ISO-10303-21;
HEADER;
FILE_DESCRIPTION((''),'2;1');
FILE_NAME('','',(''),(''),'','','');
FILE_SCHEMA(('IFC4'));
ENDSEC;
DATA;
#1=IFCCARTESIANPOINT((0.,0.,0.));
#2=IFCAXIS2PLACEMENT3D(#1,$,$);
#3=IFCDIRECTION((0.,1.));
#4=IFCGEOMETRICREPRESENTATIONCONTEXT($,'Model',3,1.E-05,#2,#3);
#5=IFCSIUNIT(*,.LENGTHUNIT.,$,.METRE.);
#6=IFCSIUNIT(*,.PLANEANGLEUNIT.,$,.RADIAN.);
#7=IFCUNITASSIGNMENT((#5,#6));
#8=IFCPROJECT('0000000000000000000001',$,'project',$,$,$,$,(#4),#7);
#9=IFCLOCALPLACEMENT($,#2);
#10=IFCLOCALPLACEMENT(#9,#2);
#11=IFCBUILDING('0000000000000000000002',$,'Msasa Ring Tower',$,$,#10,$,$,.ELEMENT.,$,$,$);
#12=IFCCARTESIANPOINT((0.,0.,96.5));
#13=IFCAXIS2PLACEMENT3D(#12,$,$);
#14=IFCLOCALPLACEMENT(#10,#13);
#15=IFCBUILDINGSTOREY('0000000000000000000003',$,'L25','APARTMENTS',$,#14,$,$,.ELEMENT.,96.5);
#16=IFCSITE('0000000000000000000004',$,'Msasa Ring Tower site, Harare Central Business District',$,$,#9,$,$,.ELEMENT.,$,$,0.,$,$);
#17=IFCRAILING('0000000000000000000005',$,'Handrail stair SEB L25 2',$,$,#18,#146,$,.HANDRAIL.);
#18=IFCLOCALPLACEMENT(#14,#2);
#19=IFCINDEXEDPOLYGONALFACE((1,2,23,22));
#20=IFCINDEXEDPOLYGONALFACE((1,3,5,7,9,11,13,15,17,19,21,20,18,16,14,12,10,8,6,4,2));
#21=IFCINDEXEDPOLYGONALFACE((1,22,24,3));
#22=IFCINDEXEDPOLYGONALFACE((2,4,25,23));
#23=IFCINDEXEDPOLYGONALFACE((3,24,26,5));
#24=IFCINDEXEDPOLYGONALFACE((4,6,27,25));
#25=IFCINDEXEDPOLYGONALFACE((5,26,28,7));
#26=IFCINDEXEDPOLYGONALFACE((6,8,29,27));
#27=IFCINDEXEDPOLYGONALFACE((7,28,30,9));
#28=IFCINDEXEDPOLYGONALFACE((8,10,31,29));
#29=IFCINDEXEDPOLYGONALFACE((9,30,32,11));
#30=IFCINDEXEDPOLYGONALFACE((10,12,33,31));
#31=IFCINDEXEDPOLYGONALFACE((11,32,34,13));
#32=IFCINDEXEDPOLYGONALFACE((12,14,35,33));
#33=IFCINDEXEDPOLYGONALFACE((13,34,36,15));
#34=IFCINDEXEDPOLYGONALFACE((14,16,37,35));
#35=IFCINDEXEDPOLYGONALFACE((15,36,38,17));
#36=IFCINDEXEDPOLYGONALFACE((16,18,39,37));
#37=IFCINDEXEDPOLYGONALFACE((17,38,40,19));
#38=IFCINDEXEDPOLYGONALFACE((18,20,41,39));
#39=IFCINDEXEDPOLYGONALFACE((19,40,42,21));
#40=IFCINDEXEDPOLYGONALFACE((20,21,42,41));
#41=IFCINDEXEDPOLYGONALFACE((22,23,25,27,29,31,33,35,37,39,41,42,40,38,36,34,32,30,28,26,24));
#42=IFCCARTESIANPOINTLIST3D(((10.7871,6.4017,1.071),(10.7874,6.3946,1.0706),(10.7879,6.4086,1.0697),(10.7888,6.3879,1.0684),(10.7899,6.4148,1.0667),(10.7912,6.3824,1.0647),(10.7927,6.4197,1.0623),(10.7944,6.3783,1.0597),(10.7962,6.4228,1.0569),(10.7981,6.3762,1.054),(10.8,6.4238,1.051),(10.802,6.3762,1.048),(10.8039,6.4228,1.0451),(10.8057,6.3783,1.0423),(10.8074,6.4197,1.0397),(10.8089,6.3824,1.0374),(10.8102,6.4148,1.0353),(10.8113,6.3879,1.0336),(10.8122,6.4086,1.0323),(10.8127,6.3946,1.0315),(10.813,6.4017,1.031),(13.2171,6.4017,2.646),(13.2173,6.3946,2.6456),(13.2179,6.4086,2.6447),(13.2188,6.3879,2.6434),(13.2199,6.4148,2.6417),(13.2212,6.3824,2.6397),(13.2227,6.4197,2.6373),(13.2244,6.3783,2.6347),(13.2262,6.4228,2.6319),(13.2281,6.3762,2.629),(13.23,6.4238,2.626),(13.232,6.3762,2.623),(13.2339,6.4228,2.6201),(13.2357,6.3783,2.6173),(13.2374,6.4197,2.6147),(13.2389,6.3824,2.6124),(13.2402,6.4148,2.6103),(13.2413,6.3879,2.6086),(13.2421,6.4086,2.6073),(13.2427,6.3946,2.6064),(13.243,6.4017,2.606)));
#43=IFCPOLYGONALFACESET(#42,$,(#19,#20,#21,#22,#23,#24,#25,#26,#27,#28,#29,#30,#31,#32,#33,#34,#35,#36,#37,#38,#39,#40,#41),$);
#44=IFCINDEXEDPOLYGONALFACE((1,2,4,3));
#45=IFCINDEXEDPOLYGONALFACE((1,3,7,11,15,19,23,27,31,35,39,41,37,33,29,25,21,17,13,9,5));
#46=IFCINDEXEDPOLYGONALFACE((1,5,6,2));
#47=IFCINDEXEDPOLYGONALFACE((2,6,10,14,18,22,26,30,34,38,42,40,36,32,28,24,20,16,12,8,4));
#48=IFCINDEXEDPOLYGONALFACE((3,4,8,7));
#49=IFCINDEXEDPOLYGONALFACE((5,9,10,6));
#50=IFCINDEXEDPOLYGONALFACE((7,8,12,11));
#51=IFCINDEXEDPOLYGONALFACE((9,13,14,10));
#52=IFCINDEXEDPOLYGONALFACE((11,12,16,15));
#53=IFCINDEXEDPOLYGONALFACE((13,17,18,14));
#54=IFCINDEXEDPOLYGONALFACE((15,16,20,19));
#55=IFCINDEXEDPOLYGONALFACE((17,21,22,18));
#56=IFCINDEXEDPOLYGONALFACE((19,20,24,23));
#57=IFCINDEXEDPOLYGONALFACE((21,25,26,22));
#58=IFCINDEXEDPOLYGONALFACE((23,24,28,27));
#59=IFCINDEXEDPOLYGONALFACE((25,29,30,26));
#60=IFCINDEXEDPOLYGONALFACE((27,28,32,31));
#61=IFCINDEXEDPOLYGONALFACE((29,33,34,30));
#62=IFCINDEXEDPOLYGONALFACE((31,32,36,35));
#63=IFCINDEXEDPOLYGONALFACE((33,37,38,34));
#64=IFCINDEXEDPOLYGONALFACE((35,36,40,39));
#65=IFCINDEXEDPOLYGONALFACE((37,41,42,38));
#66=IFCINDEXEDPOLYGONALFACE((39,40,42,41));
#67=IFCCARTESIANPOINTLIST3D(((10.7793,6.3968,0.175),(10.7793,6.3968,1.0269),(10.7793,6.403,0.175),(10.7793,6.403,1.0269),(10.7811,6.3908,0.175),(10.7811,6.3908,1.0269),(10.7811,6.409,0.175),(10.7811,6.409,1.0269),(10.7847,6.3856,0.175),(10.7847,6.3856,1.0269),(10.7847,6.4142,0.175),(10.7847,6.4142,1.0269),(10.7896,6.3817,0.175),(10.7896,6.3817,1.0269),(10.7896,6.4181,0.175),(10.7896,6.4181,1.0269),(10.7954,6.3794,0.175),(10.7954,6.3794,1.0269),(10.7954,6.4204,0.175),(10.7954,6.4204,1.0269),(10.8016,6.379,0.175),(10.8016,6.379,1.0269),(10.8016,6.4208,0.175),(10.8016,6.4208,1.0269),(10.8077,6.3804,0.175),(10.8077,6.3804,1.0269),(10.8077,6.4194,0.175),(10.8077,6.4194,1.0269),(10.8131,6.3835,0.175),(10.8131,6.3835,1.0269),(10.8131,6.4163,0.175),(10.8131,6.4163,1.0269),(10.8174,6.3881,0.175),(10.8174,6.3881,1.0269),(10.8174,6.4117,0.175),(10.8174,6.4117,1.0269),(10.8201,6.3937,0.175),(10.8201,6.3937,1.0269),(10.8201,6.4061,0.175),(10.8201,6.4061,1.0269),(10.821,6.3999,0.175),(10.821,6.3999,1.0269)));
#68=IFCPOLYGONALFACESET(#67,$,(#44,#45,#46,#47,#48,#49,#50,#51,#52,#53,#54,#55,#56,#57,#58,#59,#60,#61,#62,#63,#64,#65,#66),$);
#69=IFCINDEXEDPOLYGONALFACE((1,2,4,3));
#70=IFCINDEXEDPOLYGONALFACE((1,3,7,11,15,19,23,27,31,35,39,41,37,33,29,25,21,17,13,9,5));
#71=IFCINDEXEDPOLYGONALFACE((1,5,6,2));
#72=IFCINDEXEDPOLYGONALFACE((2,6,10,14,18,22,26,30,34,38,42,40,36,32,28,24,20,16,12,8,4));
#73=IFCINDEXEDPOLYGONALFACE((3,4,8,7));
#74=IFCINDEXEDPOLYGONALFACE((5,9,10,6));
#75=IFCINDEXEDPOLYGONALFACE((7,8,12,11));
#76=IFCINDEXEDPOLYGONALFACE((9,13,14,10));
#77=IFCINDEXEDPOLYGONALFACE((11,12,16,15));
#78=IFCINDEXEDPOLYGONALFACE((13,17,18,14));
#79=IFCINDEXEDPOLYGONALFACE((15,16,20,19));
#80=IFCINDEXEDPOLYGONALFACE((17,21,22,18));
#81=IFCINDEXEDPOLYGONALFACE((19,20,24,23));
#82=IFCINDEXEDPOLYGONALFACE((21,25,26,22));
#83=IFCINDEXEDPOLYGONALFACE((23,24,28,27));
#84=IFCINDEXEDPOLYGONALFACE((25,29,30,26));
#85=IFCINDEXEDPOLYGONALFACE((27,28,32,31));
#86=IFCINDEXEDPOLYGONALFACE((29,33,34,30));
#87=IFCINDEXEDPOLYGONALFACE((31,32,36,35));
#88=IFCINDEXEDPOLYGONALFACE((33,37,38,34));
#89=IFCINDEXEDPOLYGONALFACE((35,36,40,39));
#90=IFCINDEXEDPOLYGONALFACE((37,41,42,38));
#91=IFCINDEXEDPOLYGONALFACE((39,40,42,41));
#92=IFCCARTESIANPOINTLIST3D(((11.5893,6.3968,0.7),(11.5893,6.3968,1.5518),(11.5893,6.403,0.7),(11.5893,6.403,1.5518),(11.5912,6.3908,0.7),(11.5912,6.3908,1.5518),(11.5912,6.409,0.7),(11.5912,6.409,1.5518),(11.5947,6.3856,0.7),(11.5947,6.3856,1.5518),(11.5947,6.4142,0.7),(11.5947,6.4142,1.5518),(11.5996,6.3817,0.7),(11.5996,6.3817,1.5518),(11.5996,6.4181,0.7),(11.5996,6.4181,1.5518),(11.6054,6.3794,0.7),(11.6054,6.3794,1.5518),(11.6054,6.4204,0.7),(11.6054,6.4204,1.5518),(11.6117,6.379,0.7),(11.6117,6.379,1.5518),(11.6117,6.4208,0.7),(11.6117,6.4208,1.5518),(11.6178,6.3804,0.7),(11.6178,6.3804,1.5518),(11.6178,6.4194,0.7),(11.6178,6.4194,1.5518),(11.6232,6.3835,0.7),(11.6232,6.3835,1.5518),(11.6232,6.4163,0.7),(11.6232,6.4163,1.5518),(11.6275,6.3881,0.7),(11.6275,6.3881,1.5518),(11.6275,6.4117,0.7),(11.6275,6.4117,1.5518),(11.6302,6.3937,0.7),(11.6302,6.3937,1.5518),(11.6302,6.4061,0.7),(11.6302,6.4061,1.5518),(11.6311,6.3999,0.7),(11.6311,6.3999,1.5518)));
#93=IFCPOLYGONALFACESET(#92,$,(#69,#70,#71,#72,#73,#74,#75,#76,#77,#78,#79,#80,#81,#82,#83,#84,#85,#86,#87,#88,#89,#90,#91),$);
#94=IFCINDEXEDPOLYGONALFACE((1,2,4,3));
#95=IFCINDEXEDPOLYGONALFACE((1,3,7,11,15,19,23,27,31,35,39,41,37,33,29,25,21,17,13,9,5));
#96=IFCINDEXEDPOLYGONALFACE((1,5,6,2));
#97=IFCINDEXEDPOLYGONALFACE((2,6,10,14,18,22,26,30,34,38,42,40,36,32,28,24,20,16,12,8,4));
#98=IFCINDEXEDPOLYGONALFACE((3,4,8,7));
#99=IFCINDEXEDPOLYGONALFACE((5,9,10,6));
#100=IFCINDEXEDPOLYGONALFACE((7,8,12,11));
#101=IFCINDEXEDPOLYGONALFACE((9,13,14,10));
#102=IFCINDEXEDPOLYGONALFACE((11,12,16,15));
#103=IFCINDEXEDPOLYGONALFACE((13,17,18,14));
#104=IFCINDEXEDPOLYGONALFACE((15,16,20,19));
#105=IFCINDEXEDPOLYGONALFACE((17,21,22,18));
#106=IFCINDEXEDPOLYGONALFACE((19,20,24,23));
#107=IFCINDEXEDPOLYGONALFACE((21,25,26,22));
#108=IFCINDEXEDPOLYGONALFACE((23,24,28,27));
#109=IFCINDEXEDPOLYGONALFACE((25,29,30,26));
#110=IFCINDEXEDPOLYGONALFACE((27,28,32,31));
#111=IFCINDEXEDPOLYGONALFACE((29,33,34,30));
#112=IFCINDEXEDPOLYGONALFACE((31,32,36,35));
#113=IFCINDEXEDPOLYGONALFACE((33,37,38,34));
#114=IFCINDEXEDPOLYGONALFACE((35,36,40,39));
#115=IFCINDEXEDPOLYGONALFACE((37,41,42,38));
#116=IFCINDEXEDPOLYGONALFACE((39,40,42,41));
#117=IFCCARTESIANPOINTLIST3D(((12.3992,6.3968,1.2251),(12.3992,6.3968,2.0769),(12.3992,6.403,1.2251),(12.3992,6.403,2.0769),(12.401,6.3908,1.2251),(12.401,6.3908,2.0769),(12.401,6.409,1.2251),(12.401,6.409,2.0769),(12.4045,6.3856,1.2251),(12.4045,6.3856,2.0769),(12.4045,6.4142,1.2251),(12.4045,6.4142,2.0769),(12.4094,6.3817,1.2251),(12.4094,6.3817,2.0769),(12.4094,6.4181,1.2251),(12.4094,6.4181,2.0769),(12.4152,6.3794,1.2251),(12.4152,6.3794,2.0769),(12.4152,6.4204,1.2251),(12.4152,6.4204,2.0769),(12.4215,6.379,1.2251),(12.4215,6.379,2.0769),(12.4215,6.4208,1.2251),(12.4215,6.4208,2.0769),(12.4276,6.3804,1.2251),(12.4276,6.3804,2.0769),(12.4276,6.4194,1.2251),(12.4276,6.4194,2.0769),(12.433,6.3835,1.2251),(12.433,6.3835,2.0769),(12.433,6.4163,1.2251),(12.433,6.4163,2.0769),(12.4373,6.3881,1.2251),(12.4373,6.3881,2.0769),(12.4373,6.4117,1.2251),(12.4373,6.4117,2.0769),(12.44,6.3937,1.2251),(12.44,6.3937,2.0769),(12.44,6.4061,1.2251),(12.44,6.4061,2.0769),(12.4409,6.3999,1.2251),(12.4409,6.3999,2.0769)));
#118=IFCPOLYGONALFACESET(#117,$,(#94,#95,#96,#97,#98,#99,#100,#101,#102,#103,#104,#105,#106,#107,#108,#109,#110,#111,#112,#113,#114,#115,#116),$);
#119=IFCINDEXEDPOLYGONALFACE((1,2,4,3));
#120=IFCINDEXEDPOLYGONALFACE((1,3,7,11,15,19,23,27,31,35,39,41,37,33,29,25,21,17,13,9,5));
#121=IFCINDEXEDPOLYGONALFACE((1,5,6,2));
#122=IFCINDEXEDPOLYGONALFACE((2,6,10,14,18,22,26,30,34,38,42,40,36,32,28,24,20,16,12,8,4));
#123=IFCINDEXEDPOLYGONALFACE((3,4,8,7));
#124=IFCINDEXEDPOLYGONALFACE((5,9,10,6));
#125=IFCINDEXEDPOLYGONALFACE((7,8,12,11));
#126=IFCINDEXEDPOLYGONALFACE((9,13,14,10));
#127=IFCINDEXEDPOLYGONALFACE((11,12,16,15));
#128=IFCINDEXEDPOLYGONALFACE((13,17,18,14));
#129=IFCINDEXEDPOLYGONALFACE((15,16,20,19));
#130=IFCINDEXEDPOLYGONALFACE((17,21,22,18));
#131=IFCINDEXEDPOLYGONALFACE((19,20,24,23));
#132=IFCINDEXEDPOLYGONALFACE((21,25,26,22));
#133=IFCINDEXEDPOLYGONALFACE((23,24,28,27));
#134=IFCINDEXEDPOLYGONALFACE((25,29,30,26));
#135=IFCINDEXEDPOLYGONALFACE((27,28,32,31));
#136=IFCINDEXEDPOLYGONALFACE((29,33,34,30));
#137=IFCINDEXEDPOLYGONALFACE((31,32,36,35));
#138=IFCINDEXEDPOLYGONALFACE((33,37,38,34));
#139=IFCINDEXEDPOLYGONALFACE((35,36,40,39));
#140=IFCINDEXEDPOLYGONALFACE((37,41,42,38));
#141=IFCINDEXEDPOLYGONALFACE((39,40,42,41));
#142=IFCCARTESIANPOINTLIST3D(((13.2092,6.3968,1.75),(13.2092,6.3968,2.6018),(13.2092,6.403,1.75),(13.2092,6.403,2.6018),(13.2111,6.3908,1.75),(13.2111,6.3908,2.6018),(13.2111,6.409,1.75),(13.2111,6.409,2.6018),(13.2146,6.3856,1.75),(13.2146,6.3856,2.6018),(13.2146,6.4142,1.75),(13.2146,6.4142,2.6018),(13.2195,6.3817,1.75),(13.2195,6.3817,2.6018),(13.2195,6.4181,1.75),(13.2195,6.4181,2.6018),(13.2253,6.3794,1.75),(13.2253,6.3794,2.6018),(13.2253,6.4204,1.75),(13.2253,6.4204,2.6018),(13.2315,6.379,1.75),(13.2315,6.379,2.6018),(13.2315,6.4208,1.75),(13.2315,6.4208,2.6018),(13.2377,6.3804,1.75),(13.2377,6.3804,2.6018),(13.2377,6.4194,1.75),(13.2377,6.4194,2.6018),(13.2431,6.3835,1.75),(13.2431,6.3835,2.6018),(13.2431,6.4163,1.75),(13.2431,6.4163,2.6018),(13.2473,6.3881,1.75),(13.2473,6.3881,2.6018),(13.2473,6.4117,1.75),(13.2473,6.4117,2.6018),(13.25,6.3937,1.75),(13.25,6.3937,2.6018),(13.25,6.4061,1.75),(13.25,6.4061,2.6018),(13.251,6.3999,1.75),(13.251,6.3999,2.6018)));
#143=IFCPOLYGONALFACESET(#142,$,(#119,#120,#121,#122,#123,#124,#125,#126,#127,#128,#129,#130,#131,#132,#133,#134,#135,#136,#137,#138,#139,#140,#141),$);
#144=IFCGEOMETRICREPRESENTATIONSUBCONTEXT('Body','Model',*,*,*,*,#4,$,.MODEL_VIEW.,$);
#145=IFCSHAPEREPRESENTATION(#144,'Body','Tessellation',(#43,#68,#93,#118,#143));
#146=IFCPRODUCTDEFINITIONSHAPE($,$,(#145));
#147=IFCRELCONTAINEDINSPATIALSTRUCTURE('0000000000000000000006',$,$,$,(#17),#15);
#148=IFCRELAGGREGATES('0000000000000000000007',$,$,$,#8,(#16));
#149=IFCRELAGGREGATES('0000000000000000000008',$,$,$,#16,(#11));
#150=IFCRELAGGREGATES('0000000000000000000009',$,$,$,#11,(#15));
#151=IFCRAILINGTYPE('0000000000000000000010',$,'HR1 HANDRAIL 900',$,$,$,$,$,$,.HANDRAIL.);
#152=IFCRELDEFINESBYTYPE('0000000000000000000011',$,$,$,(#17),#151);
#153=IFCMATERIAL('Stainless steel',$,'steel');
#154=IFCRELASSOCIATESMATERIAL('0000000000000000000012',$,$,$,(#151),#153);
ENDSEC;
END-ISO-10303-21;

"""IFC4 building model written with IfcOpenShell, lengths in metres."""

from ifc_helpers import new_model, si_unit, direction, frame, origin, origin_2d, place, context, subcontext, project, spatial, circle, extrude, material, type_object, element, save


model = new_model("IFC4")

# Units and contexts
model_context = context("Model", 3, precision=1e-05, world=origin(), true_north=direction((0.0, 1.0)))
body_context = subcontext(model_context, "Body", "Model", "MODEL_VIEW")
ifc_project = project(units=[si_unit("LENGTHUNIT", "METRE"), si_unit("PLANEANGLEUNIT", "RADIAN")], contexts=[model_context])

# Site, building, storey
site_placement = place(None, origin())
site = spatial("IfcSite", under=ifc_project, at=site_placement, Name="Msasa Ring Tower site, Harare Central Business District", CompositionType="ELEMENT", RefElevation=0.0)
building_placement = place(site_placement, origin())
building = spatial("IfcBuilding", under=site, at=building_placement, Name="Msasa Ring Tower", CompositionType="ELEMENT")
storey_placement = place(building_placement, frame((0.0, 0.0, 96.5)))
storey = spatial("IfcBuildingStorey", under=building, at=storey_placement, Name="L25", Description="APARTMENTS", CompositionType="ELEMENT", Elevation=96.5)

# Railing
ifc_material_1 = material(Name="Stainless steel", Category="steel")
railing_type = type_object("IfcRailingType", Name="HR1 HANDRAIL 900", PredefinedType="HANDRAIL", material=ifc_material_1)
for number, where, name in (
    (1, (10.8, 6.3999, 0.175), "Handrail stair SEB L25 2"),
):
    element("IfcRailing", number, at=place(storey_placement, frame(where)), inside=storey, type_object=railing_type, Name=name, PredefinedType="HANDRAIL", context=body_context, shape_type="SweptSolid", body=[
        extrude(circle(Radius=0.0239, at=origin_2d()), frame((0.0, 0.0, 0.876), z_axis=(0.839154, 0.0, 0.543894), x_axis=(0.0, 1.0, 0.0)), (0.0, 0.0, 1.0), 2.8958),
        extrude(circle(Radius=0.021, at=origin_2d()), origin(), (0.0, 0.0, 1.0), 0.8518),
        extrude(circle(Radius=0.021, at=origin_2d()), frame((0.8101, 0.0, 0.5249)), (0.0, 0.0, 1.0), 0.8518),
        extrude(circle(Radius=0.021, at=origin_2d()), frame((1.6199, 0.0, 1.05)), (0.0, 0.0, 1.0), 0.8518),
        extrude(circle(Radius=0.021, at=origin_2d()), frame((2.4299, 0.0, 1.575)), (0.0, 0.0, 1.0), 0.8518),
    ])

save(model, "model.ifc")
